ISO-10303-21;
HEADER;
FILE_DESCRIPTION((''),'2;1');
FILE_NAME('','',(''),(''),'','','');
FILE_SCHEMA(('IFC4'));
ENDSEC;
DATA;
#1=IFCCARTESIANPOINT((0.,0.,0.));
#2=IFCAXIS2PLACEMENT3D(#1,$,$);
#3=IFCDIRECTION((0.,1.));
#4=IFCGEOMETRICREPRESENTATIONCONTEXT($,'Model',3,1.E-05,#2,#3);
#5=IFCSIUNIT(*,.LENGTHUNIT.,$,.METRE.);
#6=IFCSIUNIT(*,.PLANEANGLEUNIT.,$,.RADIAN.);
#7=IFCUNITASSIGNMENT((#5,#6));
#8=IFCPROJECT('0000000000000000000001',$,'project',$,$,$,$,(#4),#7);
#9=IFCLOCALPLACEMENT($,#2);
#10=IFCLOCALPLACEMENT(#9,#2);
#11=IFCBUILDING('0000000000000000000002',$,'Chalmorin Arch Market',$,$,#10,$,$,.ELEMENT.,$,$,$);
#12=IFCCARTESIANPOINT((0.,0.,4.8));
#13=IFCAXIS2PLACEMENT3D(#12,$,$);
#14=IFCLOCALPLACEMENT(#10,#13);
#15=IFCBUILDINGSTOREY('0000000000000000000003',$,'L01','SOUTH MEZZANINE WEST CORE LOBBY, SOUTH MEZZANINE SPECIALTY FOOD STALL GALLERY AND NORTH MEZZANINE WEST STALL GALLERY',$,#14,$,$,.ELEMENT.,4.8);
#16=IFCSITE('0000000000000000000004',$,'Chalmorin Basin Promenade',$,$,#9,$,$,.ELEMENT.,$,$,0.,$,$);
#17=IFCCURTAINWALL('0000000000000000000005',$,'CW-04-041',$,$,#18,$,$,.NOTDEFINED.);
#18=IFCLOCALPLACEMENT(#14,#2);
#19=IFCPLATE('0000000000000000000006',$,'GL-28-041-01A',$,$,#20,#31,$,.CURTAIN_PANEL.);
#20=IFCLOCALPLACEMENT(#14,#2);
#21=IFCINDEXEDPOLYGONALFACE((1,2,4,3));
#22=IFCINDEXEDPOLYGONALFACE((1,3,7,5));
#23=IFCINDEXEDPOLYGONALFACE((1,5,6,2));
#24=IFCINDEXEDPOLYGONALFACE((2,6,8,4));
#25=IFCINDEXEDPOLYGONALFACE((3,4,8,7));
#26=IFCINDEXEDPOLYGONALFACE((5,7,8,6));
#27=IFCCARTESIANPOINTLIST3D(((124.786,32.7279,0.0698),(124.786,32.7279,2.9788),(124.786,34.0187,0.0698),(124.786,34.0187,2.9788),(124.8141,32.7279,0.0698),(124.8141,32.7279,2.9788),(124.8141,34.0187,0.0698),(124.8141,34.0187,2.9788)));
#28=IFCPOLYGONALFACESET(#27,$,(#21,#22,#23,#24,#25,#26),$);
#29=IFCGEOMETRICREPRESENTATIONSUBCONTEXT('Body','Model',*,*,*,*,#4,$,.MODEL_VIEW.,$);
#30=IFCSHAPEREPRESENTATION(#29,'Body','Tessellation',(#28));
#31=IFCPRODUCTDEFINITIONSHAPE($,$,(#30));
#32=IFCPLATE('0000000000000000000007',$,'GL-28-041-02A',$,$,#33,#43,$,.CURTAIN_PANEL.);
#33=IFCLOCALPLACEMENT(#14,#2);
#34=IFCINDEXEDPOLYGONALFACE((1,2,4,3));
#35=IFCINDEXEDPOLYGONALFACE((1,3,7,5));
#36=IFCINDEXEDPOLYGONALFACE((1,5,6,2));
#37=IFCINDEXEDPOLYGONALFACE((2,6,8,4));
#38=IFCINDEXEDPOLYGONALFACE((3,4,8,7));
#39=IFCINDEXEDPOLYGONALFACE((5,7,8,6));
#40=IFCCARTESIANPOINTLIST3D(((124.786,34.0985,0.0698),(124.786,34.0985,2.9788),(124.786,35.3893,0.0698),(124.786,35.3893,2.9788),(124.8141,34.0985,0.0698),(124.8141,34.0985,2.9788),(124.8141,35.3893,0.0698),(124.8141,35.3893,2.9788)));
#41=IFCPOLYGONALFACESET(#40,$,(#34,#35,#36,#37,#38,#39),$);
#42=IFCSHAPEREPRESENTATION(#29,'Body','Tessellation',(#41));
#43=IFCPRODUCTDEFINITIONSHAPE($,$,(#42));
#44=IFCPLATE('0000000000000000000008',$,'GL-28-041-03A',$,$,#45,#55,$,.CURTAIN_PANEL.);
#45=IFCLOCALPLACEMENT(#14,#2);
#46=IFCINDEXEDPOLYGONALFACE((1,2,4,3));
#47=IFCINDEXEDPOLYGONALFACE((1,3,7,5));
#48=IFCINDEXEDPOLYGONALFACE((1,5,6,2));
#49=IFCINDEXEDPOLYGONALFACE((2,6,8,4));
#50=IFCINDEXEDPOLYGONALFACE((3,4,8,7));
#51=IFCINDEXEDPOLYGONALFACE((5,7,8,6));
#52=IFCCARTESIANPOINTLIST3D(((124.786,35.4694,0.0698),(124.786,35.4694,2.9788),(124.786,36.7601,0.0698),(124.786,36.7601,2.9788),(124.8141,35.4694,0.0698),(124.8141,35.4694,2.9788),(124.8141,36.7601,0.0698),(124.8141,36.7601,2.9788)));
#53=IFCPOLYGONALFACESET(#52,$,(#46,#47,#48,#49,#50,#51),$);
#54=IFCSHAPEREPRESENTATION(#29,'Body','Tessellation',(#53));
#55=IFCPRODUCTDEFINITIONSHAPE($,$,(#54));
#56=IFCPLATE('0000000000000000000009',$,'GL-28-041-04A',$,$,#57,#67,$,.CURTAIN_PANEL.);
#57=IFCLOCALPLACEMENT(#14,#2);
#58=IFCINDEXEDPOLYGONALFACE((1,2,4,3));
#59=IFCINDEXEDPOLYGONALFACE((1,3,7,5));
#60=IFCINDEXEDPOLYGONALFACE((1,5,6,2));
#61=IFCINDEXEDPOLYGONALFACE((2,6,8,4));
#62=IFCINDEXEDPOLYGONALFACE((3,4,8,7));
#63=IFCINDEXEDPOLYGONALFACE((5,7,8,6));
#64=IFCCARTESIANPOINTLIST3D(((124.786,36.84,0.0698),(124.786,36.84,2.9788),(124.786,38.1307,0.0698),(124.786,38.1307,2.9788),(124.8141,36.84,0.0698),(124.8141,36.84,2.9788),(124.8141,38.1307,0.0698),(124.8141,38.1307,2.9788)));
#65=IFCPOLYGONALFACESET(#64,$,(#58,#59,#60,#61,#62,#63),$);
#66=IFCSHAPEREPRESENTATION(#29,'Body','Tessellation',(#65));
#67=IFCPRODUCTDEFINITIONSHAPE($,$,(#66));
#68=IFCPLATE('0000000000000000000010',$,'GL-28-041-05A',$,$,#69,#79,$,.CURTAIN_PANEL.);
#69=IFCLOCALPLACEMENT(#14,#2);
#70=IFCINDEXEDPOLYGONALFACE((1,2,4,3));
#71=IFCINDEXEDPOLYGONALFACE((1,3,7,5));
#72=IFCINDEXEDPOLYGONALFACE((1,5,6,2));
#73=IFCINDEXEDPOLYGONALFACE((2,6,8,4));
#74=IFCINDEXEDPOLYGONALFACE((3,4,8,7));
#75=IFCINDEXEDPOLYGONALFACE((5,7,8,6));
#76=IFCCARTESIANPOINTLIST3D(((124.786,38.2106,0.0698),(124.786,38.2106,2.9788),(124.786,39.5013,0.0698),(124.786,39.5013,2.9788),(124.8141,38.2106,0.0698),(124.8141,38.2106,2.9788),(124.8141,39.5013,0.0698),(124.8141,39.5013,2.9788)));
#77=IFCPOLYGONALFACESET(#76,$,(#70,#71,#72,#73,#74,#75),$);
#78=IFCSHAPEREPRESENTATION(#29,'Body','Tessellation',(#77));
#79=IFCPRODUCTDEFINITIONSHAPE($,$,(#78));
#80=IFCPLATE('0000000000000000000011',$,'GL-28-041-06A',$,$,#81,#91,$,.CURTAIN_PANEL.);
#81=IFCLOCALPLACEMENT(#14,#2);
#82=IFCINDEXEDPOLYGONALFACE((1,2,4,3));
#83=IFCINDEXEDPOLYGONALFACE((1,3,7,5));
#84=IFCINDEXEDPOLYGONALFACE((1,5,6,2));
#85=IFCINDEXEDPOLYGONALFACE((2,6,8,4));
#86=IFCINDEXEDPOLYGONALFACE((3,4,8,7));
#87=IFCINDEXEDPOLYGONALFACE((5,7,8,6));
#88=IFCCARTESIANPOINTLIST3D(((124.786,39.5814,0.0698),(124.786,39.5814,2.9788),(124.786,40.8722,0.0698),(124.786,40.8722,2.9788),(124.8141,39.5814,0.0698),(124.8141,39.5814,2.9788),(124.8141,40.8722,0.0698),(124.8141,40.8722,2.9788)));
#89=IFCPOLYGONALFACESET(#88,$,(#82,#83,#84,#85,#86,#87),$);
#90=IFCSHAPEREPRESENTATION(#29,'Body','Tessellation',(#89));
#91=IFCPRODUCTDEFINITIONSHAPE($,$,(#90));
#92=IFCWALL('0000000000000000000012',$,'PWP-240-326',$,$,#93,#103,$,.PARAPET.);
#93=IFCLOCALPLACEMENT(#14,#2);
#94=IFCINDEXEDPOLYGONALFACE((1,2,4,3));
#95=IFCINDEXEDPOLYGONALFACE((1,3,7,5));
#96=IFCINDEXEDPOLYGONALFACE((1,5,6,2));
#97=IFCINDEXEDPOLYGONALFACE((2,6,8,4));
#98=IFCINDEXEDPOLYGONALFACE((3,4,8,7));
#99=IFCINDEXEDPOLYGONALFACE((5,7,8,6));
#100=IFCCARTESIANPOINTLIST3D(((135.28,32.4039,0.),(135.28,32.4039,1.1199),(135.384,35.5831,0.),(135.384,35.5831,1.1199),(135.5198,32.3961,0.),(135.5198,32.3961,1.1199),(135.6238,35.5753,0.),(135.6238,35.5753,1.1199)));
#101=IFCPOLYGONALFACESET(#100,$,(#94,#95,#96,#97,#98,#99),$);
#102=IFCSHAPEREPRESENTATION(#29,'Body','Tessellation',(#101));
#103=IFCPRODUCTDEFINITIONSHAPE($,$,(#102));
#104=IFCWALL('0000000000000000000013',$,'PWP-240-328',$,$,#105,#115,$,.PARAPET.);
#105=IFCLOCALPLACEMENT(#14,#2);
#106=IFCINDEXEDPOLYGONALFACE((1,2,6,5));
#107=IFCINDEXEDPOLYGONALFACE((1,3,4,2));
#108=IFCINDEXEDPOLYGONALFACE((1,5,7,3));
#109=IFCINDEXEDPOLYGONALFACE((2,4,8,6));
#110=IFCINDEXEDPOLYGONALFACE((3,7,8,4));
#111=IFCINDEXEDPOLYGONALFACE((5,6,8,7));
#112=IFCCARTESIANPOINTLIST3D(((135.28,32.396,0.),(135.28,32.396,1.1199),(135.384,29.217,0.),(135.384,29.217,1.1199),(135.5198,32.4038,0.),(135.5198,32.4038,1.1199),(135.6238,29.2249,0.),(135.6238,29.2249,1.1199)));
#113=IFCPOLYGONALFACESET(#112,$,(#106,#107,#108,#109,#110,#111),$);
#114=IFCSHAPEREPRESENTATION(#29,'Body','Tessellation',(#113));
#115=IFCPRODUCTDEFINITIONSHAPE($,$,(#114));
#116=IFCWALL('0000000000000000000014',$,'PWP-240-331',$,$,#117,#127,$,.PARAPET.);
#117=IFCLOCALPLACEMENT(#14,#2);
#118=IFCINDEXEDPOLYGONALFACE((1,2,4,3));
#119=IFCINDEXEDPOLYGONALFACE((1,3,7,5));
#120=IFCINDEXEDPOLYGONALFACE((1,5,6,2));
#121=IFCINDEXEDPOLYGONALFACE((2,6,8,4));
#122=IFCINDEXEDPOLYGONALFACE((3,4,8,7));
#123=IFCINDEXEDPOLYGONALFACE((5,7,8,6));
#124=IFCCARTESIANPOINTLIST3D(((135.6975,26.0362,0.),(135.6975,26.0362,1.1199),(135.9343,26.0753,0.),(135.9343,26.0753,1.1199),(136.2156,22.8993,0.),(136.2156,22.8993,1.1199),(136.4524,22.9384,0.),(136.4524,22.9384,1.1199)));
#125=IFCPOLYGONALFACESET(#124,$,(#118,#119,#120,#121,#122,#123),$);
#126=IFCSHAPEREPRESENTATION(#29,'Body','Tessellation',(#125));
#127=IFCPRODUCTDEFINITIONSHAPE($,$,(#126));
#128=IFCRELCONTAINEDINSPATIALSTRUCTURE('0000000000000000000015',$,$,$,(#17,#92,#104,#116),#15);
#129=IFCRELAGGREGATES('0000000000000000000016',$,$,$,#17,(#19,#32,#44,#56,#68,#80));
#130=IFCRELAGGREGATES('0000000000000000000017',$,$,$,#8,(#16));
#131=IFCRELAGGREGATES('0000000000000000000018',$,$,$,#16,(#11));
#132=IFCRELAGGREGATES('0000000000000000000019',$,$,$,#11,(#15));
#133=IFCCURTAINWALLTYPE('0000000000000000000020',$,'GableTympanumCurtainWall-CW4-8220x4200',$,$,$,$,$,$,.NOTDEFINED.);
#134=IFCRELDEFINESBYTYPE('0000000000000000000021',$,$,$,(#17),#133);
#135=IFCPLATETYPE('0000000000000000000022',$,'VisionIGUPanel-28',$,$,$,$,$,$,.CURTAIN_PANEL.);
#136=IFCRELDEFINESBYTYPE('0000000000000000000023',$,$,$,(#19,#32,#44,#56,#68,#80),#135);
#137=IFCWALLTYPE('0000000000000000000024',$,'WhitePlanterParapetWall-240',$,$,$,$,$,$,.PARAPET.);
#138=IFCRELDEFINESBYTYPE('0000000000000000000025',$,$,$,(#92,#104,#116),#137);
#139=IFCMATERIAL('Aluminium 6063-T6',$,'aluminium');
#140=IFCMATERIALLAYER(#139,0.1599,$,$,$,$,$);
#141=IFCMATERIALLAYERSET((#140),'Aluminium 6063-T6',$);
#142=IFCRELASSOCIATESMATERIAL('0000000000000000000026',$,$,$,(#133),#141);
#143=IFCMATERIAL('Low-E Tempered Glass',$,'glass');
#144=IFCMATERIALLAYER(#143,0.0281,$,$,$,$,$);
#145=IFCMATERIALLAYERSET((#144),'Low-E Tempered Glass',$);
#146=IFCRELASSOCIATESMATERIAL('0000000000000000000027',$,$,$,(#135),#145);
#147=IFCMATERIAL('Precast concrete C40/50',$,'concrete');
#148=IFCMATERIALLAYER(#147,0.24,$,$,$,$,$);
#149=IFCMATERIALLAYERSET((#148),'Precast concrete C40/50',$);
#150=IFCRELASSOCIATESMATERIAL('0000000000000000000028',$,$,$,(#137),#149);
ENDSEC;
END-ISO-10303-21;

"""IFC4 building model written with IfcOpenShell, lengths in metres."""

from ifc_helpers import new_model, si_unit, direction, frame, frame_2d, origin, origin_2d, place, context, subcontext, project, spatial, rectangle, extrude, material, layer, layer_set, type_object, element, aggregate, save


model = new_model("IFC4")

# Units and contexts
model_context = context("Model", 3, precision=1e-05, world=origin(), true_north=direction((0.0, 1.0)))
body_context = subcontext(model_context, "Body", "Model", "MODEL_VIEW")
ifc_project = project(units=[si_unit("LENGTHUNIT", "METRE"), si_unit("PLANEANGLEUNIT", "RADIAN")], contexts=[model_context])

# Site, building, storey
site_placement = place(None, origin())
site = spatial("IfcSite", under=ifc_project, at=site_placement, Name="Chalmorin Basin Promenade", CompositionType="ELEMENT", RefElevation=0.0)
building_placement = place(site_placement, origin())
building = spatial("IfcBuilding", under=site, at=building_placement, Name="Chalmorin Arch Market", CompositionType="ELEMENT")
storey_placement = place(building_placement, frame((0.0, 0.0, 4.8)))
storey = spatial("IfcBuildingStorey", under=building, at=storey_placement, Name="L01", Description="SOUTH MEZZANINE WEST CORE LOBBY, SOUTH MEZZANINE SPECIALTY FOOD STALL GALLERY AND NORTH MEZZANINE WEST STALL GALLERY", CompositionType="ELEMENT", Elevation=4.8)

# Shared definitions
ifc_material_1 = material(Name="Aluminium 6063-T6", Category="aluminium")
ifc_layer_1 = layer(ifc_material_1, 0.1599)
ifc_layer_set_1 = layer_set([ifc_layer_1], Name="Aluminium 6063-T6")
curtain_wall_type = type_object("IfcCurtainWallType", Name="GableTympanumCurtainWall-CW4-8220x4200", PredefinedType="NOTDEFINED", material=ifc_layer_set_1)

# Curtain wall
curtain_wall_1_placement = place(storey_placement, origin())
curtain_wall_1 = element("IfcCurtainWall", 1, at=curtain_wall_1_placement, inside=storey, type_object=curtain_wall_type, Name="CW-04-041", PredefinedType="NOTDEFINED")

# Plates
ifc_material_2 = material(Name="Low-E Tempered Glass", Category="glass")
ifc_layer_2 = layer(ifc_material_2, 0.0281)
ifc_layer_set_2 = layer_set([ifc_layer_2], Name="Low-E Tempered Glass")
plate_type_1 = type_object("IfcPlateType", Name="VisionIGUPanel-28", PredefinedType="CURTAIN_PANEL", material=ifc_layer_set_2)
plate_1_placement = place(storey_placement, frame((124.8, 33.3733, 0.0698), z_axis=(0.0, 0.0, 1.0), x_axis=(0.0, 1.0, 0.0)))
plate_1 = element("IfcPlate", 2, at=plate_1_placement, type_object=plate_type_1, Name="GL-28-041-01A", PredefinedType="CURTAIN_PANEL", context=body_context, shape_type="SweptSolid", body=[
    extrude(rectangle(XDim=1.2908, YDim=0.0281, at=origin_2d()), origin(), (0.0, 0.0, 1.0), 2.9089),
])
plate_2_placement = place(storey_placement, frame((124.8, 34.7439, 0.0698), z_axis=(0.0, 0.0, 1.0), x_axis=(0.0, 1.0, 0.0)))
plate_2 = element("IfcPlate", 3, at=plate_2_placement, type_object=plate_type_1, Name="GL-28-041-02A", PredefinedType="CURTAIN_PANEL", context=body_context, shape_type="SweptSolid", body=[
    extrude(rectangle(XDim=1.2908, YDim=0.0281, at=origin_2d()), origin(), (0.0, 0.0, 1.0), 2.9089),
])
plate_3_placement = place(storey_placement, frame((124.8, 36.1147, 0.0698), z_axis=(0.0, 0.0, 1.0), x_axis=(0.0, 1.0, 0.0)))
plate_3 = element("IfcPlate", 4, at=plate_3_placement, type_object=plate_type_1, Name="GL-28-041-03A", PredefinedType="CURTAIN_PANEL", context=body_context, shape_type="SweptSolid", body=[
    extrude(rectangle(XDim=1.2908, YDim=0.0281, at=origin_2d()), origin(), (0.0, 0.0, 1.0), 2.9089),
])
plate_4_placement = place(storey_placement, frame((124.8, 37.4854, 0.0698), z_axis=(0.0, 0.0, 1.0), x_axis=(0.0, 1.0, 0.0)))
plate_4 = element("IfcPlate", 5, at=plate_4_placement, type_object=plate_type_1, Name="GL-28-041-04A", PredefinedType="CURTAIN_PANEL", context=body_context, shape_type="SweptSolid", body=[
    extrude(rectangle(XDim=1.2908, YDim=0.0281, at=origin_2d()), origin(), (0.0, 0.0, 1.0), 2.9089),
])
plate_5_placement = place(storey_placement, frame((124.8, 38.856, 0.0698), z_axis=(0.0, 0.0, 1.0), x_axis=(0.0, 1.0, 0.0)))
plate_5 = element("IfcPlate", 6, at=plate_5_placement, type_object=plate_type_1, Name="GL-28-041-05A", PredefinedType="CURTAIN_PANEL", context=body_context, shape_type="SweptSolid", body=[
    extrude(rectangle(XDim=1.2908, YDim=0.0281, at=origin_2d()), origin(), (0.0, 0.0, 1.0), 2.9089),
])
plate_6_placement = place(storey_placement, frame((124.8, 40.2268, 0.0698), z_axis=(0.0, 0.0, 1.0), x_axis=(0.0, 1.0, 0.0)))
plate_6 = element("IfcPlate", 7, at=plate_6_placement, type_object=plate_type_1, Name="GL-28-041-06A", PredefinedType="CURTAIN_PANEL", context=body_context, shape_type="SweptSolid", body=[
    extrude(rectangle(XDim=1.2908, YDim=0.0281, at=origin_2d()), origin(), (0.0, 0.0, 1.0), 2.9089),
])
aggregate(curtain_wall_1, [plate_1, plate_2, plate_3, plate_4, plate_5, plate_6])

# Walls
ifc_material_3 = material(Name="Precast concrete C40/50", Category="concrete")
ifc_layer_3 = layer(ifc_material_3, 0.24)
ifc_layer_set_3 = layer_set([ifc_layer_3], Name="Precast concrete C40/50")
wall_type = type_object("IfcWallType", Name="WhitePlanterParapetWall-240", PredefinedType="PARAPET", material=ifc_layer_set_3)
wall_1_placement = place(storey_placement, frame((135.5039, 35.5791, 0.0), z_axis=(0.0, 0.0, 1.0), x_axis=(-0.032696, -0.999465, 0.0)))
element("IfcWall", 8, at=wall_1_placement, inside=storey, type_object=wall_type, Name="PWP-240-326", PredefinedType="PARAPET", context=body_context, shape_type="SweptSolid", body=[
    extrude(rectangle(XDim=3.1809, YDim=0.24, at=frame_2d((1.5903, 0.0))), origin(), (0.0, 0.0, 1.0), 1.1199),
])
wall_2_placement = place(storey_placement, frame((135.3999, 32.3999, 0.0), z_axis=(0.0, 0.0, 1.0), x_axis=(0.032699, -0.999465, 0.0)))
element("IfcWall", 9, at=wall_2_placement, inside=storey, type_object=wall_type, Name="PWP-240-328", PredefinedType="PARAPET", context=body_context, shape_type="SweptSolid", body=[
    extrude(rectangle(XDim=3.1807, YDim=0.24, at=frame_2d((1.5903, 0.0))), origin(), (0.0, 0.0, 1.0), 1.1199),
])
wall_3_placement = place(storey_placement, frame((135.8159, 26.0559, 0.0), z_axis=(0.0, 0.0, 1.0), x_axis=(0.162942, -0.986636, 0.0)))
element("IfcWall", 10, at=wall_3_placement, inside=storey, type_object=wall_type, Name="PWP-240-331", PredefinedType="PARAPET", context=body_context, shape_type="SweptSolid", body=[
    extrude(rectangle(XDim=3.1794, YDim=0.24, at=frame_2d((1.5898, 0.0))), origin(), (0.0, 0.0, 1.0), 1.1199),
])

save(model, "model.ifc")
